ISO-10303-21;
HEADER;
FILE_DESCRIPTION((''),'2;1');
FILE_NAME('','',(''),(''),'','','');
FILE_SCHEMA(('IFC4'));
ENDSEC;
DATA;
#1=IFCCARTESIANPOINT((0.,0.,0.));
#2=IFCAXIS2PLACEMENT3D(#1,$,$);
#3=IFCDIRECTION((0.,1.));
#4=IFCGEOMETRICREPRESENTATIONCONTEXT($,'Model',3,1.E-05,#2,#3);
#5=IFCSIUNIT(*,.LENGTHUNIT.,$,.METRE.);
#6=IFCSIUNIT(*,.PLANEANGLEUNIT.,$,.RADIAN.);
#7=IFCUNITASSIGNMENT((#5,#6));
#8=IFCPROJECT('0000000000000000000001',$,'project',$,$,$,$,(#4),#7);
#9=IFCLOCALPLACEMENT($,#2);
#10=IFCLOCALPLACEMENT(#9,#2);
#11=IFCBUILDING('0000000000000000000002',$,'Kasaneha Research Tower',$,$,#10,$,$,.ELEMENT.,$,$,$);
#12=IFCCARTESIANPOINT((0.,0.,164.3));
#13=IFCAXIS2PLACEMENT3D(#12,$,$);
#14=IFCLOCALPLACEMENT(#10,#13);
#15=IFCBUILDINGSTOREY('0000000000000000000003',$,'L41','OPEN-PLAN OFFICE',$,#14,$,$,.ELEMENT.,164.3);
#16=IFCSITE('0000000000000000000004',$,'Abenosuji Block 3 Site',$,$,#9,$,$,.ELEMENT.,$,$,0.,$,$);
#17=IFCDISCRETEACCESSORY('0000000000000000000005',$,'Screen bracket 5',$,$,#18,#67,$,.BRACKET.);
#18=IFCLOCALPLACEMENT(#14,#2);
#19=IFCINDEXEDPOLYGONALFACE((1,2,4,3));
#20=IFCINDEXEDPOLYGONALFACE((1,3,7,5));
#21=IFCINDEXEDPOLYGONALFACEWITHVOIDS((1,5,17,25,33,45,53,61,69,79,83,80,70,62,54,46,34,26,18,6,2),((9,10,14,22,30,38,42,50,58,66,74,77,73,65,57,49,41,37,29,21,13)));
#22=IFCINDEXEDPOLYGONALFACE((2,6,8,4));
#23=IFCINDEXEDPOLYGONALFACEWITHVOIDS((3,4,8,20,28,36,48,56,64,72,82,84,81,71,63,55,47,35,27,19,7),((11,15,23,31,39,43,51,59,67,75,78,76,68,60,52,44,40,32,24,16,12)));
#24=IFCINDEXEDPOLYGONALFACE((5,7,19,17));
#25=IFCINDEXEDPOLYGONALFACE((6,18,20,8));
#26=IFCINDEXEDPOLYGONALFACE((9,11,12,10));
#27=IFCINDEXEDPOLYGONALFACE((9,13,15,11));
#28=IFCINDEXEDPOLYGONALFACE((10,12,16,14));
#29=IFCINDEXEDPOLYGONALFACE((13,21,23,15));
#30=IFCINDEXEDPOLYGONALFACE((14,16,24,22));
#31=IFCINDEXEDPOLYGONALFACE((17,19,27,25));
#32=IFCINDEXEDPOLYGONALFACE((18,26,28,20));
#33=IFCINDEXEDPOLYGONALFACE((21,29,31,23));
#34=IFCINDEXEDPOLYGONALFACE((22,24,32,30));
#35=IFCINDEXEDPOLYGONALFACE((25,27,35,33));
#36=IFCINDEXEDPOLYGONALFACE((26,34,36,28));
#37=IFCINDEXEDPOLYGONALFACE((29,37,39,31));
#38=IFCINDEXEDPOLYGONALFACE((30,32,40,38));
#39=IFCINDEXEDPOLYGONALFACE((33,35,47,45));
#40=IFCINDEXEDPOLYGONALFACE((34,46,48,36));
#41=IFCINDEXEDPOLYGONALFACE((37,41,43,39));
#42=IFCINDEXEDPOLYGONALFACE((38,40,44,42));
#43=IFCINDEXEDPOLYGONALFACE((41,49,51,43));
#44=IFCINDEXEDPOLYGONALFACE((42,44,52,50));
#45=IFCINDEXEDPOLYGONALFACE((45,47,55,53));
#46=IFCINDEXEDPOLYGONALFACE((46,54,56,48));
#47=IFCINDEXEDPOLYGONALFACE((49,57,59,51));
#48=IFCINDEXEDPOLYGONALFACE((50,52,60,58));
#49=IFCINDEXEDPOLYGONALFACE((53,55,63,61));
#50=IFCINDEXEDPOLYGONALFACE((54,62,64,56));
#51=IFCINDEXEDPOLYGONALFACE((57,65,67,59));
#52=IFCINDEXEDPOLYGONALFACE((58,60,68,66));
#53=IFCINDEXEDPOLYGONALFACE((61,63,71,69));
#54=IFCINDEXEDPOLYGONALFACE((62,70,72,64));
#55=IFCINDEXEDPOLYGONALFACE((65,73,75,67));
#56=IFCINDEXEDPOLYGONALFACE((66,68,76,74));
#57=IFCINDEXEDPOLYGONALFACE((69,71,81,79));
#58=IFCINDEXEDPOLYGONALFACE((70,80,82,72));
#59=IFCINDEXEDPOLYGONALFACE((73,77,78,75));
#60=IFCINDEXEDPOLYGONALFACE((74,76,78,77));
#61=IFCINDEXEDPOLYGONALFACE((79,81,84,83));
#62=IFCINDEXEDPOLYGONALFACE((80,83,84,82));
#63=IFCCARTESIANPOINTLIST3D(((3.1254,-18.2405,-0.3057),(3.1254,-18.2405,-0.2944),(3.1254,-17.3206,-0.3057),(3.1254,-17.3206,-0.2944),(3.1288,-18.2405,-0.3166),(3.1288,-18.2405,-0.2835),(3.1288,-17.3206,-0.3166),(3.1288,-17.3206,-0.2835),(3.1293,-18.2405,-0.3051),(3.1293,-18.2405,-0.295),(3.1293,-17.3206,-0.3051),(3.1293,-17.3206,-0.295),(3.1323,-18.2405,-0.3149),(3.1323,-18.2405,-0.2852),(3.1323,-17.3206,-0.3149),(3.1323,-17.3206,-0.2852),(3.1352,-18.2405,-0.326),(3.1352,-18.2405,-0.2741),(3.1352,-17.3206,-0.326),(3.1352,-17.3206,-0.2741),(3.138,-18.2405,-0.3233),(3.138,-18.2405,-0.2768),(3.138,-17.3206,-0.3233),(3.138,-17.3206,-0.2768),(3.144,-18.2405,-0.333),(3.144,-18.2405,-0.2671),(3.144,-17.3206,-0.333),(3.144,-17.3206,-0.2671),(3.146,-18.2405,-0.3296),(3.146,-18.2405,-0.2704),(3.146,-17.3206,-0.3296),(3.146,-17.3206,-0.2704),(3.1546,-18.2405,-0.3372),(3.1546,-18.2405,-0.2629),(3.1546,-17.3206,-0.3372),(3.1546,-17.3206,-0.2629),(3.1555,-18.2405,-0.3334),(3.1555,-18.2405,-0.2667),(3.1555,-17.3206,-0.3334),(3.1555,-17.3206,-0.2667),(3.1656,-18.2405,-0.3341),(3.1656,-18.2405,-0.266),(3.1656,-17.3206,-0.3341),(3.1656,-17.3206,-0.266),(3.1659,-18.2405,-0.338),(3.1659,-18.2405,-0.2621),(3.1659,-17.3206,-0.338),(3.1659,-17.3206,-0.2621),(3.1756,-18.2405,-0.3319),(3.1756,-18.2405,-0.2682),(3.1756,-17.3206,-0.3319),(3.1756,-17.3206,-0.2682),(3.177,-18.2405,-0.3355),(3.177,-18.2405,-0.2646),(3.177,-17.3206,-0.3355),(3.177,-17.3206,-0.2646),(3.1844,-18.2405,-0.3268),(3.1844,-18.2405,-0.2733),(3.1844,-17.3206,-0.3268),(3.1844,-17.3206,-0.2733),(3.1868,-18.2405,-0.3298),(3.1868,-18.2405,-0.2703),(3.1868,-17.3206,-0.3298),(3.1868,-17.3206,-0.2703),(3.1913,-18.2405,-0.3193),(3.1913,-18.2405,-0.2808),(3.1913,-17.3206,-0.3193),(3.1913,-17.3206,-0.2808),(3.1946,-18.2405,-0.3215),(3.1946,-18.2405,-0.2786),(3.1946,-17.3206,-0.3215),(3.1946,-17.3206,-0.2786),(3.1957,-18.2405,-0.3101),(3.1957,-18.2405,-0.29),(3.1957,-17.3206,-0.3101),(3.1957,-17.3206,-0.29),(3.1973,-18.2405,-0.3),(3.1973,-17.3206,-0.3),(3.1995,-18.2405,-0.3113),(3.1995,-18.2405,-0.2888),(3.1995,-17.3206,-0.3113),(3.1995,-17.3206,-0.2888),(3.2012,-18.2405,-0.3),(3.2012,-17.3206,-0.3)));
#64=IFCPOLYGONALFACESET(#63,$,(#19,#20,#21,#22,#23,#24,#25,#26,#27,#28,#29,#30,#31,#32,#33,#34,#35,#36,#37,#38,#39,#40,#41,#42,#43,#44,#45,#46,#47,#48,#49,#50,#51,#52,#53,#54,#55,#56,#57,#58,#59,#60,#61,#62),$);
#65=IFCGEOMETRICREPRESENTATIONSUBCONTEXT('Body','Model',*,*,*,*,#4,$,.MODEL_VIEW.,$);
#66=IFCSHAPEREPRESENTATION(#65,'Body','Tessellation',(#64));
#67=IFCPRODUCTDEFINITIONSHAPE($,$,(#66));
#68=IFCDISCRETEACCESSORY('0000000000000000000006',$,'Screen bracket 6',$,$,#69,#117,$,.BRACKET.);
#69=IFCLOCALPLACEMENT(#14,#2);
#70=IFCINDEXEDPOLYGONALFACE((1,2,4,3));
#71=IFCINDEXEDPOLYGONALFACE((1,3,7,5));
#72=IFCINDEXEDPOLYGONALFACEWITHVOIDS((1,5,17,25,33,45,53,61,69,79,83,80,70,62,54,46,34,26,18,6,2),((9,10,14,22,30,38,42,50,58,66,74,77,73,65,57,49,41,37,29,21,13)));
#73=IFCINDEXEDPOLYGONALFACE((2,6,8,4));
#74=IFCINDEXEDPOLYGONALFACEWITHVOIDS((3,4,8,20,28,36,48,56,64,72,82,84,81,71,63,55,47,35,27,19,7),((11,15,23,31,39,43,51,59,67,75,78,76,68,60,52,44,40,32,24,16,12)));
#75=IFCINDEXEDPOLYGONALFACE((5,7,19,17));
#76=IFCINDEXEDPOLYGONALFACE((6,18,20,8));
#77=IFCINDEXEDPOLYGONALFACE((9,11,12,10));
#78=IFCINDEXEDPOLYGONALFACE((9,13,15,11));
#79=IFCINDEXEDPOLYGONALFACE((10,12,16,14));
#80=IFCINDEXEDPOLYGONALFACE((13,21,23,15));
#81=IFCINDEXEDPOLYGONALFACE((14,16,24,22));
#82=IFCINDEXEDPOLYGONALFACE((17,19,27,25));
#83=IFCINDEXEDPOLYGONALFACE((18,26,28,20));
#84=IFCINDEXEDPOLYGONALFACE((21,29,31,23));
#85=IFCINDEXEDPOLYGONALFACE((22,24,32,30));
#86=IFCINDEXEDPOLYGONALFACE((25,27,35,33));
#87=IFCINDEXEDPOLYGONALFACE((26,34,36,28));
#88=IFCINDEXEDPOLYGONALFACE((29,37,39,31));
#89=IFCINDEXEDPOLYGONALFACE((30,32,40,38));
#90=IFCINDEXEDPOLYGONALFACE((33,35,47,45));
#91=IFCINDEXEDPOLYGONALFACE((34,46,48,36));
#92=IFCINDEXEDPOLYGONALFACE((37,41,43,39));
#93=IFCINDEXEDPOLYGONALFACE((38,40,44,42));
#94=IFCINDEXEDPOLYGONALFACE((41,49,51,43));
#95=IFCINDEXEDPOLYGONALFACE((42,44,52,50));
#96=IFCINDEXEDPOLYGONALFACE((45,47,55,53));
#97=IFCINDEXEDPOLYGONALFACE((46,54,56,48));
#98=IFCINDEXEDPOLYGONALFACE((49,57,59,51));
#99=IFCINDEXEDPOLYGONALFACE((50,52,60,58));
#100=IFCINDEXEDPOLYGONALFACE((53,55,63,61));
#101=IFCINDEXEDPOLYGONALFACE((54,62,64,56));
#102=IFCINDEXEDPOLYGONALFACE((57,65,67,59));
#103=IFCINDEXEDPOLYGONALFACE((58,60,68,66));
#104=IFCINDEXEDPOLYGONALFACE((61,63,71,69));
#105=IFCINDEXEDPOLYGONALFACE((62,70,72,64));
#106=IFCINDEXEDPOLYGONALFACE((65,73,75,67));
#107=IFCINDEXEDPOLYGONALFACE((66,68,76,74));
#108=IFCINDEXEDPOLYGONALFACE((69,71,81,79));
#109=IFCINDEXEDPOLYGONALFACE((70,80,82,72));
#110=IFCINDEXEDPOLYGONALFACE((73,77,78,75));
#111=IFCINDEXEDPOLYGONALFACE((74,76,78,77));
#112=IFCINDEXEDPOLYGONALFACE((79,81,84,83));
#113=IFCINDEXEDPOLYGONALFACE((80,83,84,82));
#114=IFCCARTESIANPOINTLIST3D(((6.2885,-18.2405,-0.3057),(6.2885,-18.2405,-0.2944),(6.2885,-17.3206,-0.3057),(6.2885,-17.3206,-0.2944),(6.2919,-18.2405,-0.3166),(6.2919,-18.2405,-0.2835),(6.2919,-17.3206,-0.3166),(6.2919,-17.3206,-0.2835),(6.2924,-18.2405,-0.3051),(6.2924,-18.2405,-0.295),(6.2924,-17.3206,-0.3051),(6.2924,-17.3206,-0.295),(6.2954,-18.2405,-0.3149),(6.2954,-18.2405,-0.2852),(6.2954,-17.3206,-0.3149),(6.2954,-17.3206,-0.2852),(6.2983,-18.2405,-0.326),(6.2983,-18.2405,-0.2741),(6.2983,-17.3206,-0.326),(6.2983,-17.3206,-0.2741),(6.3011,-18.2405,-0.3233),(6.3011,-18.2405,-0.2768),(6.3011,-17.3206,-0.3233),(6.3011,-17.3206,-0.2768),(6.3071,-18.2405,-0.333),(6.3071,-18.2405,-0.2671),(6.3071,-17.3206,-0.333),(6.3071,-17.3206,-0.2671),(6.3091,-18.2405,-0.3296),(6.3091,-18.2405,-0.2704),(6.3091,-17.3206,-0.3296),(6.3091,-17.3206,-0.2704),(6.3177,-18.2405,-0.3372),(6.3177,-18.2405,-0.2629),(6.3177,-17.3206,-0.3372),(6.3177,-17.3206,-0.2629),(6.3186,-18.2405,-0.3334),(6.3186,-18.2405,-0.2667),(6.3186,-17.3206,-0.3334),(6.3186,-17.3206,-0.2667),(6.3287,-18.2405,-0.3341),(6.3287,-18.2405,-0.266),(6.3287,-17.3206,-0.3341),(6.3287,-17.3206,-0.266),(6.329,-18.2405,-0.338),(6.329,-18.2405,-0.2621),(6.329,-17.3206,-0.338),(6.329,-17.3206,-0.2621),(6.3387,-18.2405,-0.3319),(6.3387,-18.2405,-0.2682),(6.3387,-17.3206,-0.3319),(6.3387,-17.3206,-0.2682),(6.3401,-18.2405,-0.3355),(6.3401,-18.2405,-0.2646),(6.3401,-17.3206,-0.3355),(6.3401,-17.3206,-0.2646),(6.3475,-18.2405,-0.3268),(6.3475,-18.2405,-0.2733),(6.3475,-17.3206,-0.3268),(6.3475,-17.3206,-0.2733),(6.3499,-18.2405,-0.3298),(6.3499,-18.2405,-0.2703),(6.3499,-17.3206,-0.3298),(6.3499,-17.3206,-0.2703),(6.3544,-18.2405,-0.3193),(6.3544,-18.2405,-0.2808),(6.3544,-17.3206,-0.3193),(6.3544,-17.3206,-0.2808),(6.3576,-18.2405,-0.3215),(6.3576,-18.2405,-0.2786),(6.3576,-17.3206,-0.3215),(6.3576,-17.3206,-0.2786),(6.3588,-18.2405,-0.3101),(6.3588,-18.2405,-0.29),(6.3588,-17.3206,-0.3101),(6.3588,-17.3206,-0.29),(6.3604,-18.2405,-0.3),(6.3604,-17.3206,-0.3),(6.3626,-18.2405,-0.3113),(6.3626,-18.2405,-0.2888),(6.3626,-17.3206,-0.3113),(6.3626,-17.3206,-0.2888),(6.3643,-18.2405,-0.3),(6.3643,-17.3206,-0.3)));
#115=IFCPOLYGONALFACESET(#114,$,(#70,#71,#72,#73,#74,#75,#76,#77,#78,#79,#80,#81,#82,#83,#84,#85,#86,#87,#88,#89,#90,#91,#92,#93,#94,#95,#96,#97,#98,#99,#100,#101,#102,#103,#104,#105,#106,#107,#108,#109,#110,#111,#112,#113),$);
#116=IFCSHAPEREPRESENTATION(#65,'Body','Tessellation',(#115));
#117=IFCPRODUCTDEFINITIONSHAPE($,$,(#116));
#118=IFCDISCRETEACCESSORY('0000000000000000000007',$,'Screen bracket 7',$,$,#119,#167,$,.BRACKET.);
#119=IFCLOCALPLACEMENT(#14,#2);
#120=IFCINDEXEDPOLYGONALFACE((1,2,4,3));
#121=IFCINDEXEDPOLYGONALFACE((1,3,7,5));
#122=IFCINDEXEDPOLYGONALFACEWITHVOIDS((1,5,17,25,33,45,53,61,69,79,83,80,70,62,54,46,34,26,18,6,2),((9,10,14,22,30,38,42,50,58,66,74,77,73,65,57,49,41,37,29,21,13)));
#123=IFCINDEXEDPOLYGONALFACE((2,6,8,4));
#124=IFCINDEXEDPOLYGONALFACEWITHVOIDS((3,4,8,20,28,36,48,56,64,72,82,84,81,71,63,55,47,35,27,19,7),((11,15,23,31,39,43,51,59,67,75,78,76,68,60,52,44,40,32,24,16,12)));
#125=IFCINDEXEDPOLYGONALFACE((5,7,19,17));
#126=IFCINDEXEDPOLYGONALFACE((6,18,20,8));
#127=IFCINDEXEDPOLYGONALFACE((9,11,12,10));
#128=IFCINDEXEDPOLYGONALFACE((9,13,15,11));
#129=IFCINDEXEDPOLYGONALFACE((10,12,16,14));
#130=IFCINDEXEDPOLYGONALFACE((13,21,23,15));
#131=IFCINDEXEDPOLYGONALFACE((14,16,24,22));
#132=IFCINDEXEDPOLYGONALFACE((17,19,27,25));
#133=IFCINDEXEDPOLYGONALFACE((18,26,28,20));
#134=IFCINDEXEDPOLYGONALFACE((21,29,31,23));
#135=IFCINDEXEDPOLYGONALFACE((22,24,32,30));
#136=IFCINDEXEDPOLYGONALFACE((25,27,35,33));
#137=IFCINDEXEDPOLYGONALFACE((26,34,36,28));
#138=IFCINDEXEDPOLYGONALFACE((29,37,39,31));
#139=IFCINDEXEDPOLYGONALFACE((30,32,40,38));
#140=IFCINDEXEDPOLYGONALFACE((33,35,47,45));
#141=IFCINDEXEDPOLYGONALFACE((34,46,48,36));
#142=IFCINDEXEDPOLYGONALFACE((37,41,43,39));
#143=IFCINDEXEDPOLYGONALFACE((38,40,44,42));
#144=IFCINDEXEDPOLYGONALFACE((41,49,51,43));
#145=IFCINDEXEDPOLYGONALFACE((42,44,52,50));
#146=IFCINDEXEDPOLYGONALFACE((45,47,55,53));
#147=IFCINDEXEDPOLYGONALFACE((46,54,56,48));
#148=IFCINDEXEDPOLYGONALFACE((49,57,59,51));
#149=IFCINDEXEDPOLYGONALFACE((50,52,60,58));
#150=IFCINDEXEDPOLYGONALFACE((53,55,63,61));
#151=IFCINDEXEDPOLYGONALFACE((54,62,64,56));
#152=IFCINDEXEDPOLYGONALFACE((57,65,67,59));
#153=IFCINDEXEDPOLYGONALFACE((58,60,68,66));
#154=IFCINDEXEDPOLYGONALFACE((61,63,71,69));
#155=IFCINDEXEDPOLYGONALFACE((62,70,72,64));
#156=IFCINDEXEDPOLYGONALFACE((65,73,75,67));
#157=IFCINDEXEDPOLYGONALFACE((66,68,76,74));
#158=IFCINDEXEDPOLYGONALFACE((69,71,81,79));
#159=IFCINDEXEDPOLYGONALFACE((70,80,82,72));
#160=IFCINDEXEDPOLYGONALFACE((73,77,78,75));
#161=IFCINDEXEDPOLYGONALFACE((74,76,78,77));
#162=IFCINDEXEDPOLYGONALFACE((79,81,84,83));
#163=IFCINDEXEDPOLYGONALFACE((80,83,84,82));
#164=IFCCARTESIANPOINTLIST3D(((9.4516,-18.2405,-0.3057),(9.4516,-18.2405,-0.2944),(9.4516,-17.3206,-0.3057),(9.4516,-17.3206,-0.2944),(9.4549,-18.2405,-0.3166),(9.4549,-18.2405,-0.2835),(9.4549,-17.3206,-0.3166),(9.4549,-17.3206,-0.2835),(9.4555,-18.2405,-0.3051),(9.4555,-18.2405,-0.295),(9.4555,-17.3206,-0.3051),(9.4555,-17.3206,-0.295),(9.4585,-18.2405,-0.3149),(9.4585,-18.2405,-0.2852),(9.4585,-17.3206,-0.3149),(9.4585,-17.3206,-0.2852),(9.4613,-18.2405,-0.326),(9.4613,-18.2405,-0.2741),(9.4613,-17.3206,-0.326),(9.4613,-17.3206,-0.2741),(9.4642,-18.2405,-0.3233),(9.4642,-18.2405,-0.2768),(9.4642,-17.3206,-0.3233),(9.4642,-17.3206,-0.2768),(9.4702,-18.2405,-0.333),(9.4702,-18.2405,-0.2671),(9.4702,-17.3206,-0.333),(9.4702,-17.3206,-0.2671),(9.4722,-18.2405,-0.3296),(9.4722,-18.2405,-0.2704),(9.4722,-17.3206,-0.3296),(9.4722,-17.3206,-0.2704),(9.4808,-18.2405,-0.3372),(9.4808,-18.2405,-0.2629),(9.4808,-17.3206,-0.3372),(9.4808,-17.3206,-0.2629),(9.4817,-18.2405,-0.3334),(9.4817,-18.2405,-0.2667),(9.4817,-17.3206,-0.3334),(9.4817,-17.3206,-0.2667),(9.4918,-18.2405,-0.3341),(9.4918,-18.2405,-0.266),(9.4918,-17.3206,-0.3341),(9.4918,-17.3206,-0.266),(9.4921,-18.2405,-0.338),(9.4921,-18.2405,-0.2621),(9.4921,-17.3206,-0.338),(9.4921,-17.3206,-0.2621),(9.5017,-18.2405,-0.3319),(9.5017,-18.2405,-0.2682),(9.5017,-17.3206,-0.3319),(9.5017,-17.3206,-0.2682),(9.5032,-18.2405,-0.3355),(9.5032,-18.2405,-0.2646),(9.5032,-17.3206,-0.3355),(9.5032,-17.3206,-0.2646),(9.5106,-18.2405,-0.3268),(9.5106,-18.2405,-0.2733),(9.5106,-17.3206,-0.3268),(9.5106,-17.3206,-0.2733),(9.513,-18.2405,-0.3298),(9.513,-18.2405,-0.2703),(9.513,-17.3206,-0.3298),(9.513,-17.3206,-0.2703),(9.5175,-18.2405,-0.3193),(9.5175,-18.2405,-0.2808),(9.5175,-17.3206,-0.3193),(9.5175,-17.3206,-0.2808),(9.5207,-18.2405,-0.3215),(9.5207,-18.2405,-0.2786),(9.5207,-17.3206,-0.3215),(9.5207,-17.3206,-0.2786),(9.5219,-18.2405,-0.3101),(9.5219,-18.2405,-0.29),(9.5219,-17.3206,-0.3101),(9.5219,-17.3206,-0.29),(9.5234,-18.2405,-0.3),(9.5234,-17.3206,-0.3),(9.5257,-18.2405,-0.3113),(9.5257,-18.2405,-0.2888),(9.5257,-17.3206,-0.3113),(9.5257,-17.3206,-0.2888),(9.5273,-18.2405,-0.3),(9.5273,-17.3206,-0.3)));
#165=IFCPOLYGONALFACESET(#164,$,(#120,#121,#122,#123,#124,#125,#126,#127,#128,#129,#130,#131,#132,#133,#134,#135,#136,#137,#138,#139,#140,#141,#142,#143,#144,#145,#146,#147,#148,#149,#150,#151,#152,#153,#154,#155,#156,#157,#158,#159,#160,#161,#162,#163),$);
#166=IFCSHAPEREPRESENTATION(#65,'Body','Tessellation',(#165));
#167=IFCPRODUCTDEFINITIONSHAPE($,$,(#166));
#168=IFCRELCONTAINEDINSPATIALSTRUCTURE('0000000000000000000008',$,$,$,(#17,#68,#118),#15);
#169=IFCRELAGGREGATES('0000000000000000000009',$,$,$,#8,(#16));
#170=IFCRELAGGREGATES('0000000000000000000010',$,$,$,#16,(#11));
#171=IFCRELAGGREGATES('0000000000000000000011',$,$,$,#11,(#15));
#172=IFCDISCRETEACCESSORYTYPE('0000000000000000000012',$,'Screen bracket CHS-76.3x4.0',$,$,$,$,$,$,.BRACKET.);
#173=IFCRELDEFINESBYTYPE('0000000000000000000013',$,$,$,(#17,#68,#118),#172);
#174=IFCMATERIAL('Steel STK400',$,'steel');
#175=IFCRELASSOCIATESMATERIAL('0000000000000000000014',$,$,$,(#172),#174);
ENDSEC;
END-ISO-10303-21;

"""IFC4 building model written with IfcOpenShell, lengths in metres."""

from ifc_helpers import new_model, si_unit, direction, frame, origin, origin_2d, place, context, subcontext, project, spatial, hollow_circle, extrude, material, material_profile, profile_set, type_object, element, save


model = new_model("IFC4")

# Units and contexts
model_context = context("Model", 3, precision=1e-05, world=origin(), true_north=direction((0.0, 1.0)))
body_context = subcontext(model_context, "Body", "Model", "MODEL_VIEW")
ifc_project = project(units=[si_unit("LENGTHUNIT", "METRE"), si_unit("PLANEANGLEUNIT", "RADIAN")], contexts=[model_context])

# Site, building, storey
site_placement = place(None, origin())
site = spatial("IfcSite", under=ifc_project, at=site_placement, Name="Abenosuji Block 3 Site", CompositionType="ELEMENT", RefElevation=0.0)
building_placement = place(site_placement, origin())
building = spatial("IfcBuilding", under=site, at=building_placement, Name="Kasaneha Research Tower", CompositionType="ELEMENT")
storey_placement = place(building_placement, frame((0.0, 0.0, 164.3)))
storey = spatial("IfcBuildingStorey", under=building, at=storey_placement, Name="L41", Description="OPEN-PLAN OFFICE", CompositionType="ELEMENT", Elevation=164.3)

# Discrete accessories
ifc_material_1 = material(Name="Steel STK400", Category="steel")
ifc_material_profile_1 = material_profile(ifc_material_1, hollow_circle(Radius=0.0381, WallThickness=0.0039, at=origin_2d()), Name="CHS-76.3x4.0")
ifc_profile_set_1 = profile_set([ifc_material_profile_1], Name="Steel STK400")
discrete_accessory_type = type_object("IfcDiscreteAccessoryType", Name="Screen bracket CHS-76.3x4.0", PredefinedType="BRACKET", material=ifc_profile_set_1)
for number, where, z_axis, x_axis, name in (
    (1, (3.1631, -17.3206, -0.3), (0.0, -1.0, 0.0), (1.0, 0.0, 0.0), "Screen bracket 5"),
    (2, (6.3262, -17.3206, -0.3), (0.0, -1.0, 0.0), (1.0, 0.0, 0.0), "Screen bracket 6"),
    (3, (9.4893, -17.3206, -0.3), (0.0, -1.0, 0.0), (1.0, 0.0, 0.0), "Screen bracket 7"),
):
    element("IfcDiscreteAccessory", number, at=place(storey_placement, frame(where, z_axis=z_axis, x_axis=x_axis)), inside=storey, type_object=discrete_accessory_type, Name=name, PredefinedType="BRACKET", context=body_context, shape_type="SweptSolid", body=[
        extrude(hollow_circle(Radius=0.0381, WallThickness=0.0039, at=origin_2d()), origin(), (0.0, 0.0, 1.0), 0.9199),
    ])

save(model, "model.ifc")
